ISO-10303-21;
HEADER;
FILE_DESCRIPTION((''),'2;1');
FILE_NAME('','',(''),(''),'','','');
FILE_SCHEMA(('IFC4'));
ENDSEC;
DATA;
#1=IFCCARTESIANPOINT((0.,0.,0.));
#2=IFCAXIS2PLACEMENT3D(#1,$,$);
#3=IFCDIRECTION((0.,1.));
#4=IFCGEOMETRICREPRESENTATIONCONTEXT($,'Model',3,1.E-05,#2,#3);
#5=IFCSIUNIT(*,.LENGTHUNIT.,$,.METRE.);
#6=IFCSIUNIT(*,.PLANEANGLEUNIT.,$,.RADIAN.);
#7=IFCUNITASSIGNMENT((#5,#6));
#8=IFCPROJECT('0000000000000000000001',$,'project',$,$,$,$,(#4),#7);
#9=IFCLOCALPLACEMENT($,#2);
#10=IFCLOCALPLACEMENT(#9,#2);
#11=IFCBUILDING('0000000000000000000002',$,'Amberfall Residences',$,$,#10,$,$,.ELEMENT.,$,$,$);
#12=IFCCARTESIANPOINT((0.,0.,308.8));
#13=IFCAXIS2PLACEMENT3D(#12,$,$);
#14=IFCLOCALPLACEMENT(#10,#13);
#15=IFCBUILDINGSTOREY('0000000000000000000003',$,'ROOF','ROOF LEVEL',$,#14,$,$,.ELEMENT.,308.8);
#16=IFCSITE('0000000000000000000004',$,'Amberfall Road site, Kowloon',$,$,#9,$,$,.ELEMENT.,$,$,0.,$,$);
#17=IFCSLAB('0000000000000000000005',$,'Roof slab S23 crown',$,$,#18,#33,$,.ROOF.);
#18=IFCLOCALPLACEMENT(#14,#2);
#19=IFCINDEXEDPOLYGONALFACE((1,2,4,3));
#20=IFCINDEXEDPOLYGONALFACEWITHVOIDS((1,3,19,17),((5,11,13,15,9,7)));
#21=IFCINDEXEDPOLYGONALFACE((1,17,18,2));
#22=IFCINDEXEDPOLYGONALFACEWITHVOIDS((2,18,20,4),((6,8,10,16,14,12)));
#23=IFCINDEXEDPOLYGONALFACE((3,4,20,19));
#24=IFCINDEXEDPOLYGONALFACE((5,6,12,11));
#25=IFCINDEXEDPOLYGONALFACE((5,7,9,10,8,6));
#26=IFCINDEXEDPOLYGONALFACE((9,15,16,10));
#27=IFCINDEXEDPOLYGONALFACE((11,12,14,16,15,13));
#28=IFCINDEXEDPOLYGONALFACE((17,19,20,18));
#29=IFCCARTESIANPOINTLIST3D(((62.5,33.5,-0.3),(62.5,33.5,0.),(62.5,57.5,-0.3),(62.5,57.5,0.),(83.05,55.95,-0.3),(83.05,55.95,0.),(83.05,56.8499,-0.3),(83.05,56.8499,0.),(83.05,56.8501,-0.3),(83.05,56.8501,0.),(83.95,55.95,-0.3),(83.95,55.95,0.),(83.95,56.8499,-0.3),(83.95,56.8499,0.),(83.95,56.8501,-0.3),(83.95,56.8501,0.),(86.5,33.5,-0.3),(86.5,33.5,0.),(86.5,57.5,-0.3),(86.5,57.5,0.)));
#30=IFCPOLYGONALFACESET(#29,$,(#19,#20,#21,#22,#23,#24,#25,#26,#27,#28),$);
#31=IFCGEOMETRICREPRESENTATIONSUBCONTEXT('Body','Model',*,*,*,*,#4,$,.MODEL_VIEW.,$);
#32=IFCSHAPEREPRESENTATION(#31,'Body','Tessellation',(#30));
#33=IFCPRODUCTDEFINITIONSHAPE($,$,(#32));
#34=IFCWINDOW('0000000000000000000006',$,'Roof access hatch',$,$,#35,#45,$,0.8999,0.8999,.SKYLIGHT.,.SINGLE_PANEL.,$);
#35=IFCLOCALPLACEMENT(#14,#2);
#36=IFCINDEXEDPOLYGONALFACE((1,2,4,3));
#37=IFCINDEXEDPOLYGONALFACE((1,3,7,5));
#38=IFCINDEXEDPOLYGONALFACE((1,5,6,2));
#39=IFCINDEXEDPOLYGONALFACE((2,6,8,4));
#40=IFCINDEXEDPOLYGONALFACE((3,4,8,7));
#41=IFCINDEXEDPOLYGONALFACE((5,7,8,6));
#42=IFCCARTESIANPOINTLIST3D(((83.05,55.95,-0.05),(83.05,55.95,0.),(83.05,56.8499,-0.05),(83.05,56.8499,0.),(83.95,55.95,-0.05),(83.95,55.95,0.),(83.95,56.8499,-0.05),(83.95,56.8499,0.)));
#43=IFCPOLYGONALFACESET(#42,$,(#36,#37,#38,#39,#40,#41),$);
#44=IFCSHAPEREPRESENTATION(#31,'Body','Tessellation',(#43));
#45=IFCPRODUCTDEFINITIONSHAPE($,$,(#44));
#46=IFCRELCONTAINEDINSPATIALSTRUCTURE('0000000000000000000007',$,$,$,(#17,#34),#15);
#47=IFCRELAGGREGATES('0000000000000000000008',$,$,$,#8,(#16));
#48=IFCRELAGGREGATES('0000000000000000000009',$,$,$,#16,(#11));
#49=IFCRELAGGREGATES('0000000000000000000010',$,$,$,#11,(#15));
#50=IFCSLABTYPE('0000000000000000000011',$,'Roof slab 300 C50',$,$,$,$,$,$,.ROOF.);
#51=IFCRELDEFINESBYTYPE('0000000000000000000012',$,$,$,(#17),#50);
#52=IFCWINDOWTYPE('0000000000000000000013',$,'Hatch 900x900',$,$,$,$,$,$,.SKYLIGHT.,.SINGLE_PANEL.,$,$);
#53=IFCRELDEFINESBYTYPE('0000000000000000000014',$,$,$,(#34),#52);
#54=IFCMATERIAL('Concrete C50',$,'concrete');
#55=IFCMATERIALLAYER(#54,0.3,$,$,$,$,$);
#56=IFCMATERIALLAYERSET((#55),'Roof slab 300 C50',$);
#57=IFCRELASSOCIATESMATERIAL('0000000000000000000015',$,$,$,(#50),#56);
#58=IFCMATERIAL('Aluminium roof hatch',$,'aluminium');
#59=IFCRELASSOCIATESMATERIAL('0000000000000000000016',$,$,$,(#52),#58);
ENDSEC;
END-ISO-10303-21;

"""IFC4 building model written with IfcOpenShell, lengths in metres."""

from ifc_helpers import new_model, si_unit, direction, frame, origin, origin_2d, place, context, subcontext, project, spatial, polyline, rectangle, outline, extrude, material, layer, layer_set, type_object, element, fill, save


model = new_model("IFC4")

# Units and contexts
model_context = context("Model", 3, precision=1e-05, world=origin(), true_north=direction((0.0, 1.0)))
body_context = subcontext(model_context, "Body", "Model", "MODEL_VIEW")
ifc_project = project(units=[si_unit("LENGTHUNIT", "METRE"), si_unit("PLANEANGLEUNIT", "RADIAN")], contexts=[model_context])

# Site, building, storey
site_placement = place(None, origin())
site = spatial("IfcSite", under=ifc_project, at=site_placement, Name="Amberfall Road site, Kowloon", CompositionType="ELEMENT", RefElevation=0.0)
building_placement = place(site_placement, origin())
building = spatial("IfcBuilding", under=site, at=building_placement, Name="Amberfall Residences", CompositionType="ELEMENT")
storey_placement = place(building_placement, frame((0.0, 0.0, 308.8)))
storey = spatial("IfcBuildingStorey", under=building, at=storey_placement, Name="ROOF", Description="ROOF LEVEL", CompositionType="ELEMENT", Elevation=308.8)

# Slab, opening, window
ifc_material_1 = material(Name="Concrete C50", Category="concrete")
ifc_layer = layer(ifc_material_1, 0.3)
ifc_layer_set = layer_set([ifc_layer], Name="Roof slab 300 C50")
slab_type = type_object("IfcSlabType", Name="Roof slab 300 C50", PredefinedType="ROOF", material=ifc_layer_set)
slab_placement = place(storey_placement, frame((0.0, 0.0, -0.3)))
slab = element("IfcSlab", 1, at=slab_placement, inside=storey, type_object=slab_type, Name="Roof slab S23 crown", PredefinedType="ROOF", context=body_context, shape_type="SweptSolid", body=[
    extrude(outline(polyline([(62.5, 33.5), (62.5, 57.5), (86.5, 57.5), (86.5, 33.5), (62.5, 33.5)]), holes=[polyline([(83.05, 55.95), (83.95, 55.95), (83.95, 56.8501), (83.05, 56.8501), (83.05, 55.95)])]), origin(), (0.0, 0.0, 1.0), 0.3),
])
opening_placement = place(slab_placement, frame((83.5, 56.3999, 0.0)))
opening = element("IfcOpeningElement", 2, at=opening_placement, cuts=slab, PredefinedType="OPENING", context=body_context, shape_type="SweptSolid", body=[
    extrude(rectangle(XDim=0.8999, YDim=0.8999, at=origin_2d()), origin(), (0.0, 0.0, 1.0), 0.3),
])
ifc_material_2 = material(Name="Aluminium roof hatch", Category="aluminium")
window_type = type_object("IfcWindowType", Name="Hatch 900x900", PartitioningType="SINGLE_PANEL", PredefinedType="SKYLIGHT", material=ifc_material_2)
window_placement = place(opening_placement, frame((0.0, 0.0, 0.25)))
window = element("IfcWindow", 3, at=window_placement, inside=storey, type_object=window_type, Name="Roof access hatch", OverallHeight=0.8999, OverallWidth=0.8999, PartitioningType="SINGLE_PANEL", PredefinedType="SKYLIGHT", context=body_context, shape_type="SweptSolid", body=[
    extrude(rectangle(XDim=0.8999, YDim=0.8999, at=origin_2d()), origin(), (0.0, 0.0, 1.0), 0.05),
])
fill(opening, window)

save(model, "model.ifc")
